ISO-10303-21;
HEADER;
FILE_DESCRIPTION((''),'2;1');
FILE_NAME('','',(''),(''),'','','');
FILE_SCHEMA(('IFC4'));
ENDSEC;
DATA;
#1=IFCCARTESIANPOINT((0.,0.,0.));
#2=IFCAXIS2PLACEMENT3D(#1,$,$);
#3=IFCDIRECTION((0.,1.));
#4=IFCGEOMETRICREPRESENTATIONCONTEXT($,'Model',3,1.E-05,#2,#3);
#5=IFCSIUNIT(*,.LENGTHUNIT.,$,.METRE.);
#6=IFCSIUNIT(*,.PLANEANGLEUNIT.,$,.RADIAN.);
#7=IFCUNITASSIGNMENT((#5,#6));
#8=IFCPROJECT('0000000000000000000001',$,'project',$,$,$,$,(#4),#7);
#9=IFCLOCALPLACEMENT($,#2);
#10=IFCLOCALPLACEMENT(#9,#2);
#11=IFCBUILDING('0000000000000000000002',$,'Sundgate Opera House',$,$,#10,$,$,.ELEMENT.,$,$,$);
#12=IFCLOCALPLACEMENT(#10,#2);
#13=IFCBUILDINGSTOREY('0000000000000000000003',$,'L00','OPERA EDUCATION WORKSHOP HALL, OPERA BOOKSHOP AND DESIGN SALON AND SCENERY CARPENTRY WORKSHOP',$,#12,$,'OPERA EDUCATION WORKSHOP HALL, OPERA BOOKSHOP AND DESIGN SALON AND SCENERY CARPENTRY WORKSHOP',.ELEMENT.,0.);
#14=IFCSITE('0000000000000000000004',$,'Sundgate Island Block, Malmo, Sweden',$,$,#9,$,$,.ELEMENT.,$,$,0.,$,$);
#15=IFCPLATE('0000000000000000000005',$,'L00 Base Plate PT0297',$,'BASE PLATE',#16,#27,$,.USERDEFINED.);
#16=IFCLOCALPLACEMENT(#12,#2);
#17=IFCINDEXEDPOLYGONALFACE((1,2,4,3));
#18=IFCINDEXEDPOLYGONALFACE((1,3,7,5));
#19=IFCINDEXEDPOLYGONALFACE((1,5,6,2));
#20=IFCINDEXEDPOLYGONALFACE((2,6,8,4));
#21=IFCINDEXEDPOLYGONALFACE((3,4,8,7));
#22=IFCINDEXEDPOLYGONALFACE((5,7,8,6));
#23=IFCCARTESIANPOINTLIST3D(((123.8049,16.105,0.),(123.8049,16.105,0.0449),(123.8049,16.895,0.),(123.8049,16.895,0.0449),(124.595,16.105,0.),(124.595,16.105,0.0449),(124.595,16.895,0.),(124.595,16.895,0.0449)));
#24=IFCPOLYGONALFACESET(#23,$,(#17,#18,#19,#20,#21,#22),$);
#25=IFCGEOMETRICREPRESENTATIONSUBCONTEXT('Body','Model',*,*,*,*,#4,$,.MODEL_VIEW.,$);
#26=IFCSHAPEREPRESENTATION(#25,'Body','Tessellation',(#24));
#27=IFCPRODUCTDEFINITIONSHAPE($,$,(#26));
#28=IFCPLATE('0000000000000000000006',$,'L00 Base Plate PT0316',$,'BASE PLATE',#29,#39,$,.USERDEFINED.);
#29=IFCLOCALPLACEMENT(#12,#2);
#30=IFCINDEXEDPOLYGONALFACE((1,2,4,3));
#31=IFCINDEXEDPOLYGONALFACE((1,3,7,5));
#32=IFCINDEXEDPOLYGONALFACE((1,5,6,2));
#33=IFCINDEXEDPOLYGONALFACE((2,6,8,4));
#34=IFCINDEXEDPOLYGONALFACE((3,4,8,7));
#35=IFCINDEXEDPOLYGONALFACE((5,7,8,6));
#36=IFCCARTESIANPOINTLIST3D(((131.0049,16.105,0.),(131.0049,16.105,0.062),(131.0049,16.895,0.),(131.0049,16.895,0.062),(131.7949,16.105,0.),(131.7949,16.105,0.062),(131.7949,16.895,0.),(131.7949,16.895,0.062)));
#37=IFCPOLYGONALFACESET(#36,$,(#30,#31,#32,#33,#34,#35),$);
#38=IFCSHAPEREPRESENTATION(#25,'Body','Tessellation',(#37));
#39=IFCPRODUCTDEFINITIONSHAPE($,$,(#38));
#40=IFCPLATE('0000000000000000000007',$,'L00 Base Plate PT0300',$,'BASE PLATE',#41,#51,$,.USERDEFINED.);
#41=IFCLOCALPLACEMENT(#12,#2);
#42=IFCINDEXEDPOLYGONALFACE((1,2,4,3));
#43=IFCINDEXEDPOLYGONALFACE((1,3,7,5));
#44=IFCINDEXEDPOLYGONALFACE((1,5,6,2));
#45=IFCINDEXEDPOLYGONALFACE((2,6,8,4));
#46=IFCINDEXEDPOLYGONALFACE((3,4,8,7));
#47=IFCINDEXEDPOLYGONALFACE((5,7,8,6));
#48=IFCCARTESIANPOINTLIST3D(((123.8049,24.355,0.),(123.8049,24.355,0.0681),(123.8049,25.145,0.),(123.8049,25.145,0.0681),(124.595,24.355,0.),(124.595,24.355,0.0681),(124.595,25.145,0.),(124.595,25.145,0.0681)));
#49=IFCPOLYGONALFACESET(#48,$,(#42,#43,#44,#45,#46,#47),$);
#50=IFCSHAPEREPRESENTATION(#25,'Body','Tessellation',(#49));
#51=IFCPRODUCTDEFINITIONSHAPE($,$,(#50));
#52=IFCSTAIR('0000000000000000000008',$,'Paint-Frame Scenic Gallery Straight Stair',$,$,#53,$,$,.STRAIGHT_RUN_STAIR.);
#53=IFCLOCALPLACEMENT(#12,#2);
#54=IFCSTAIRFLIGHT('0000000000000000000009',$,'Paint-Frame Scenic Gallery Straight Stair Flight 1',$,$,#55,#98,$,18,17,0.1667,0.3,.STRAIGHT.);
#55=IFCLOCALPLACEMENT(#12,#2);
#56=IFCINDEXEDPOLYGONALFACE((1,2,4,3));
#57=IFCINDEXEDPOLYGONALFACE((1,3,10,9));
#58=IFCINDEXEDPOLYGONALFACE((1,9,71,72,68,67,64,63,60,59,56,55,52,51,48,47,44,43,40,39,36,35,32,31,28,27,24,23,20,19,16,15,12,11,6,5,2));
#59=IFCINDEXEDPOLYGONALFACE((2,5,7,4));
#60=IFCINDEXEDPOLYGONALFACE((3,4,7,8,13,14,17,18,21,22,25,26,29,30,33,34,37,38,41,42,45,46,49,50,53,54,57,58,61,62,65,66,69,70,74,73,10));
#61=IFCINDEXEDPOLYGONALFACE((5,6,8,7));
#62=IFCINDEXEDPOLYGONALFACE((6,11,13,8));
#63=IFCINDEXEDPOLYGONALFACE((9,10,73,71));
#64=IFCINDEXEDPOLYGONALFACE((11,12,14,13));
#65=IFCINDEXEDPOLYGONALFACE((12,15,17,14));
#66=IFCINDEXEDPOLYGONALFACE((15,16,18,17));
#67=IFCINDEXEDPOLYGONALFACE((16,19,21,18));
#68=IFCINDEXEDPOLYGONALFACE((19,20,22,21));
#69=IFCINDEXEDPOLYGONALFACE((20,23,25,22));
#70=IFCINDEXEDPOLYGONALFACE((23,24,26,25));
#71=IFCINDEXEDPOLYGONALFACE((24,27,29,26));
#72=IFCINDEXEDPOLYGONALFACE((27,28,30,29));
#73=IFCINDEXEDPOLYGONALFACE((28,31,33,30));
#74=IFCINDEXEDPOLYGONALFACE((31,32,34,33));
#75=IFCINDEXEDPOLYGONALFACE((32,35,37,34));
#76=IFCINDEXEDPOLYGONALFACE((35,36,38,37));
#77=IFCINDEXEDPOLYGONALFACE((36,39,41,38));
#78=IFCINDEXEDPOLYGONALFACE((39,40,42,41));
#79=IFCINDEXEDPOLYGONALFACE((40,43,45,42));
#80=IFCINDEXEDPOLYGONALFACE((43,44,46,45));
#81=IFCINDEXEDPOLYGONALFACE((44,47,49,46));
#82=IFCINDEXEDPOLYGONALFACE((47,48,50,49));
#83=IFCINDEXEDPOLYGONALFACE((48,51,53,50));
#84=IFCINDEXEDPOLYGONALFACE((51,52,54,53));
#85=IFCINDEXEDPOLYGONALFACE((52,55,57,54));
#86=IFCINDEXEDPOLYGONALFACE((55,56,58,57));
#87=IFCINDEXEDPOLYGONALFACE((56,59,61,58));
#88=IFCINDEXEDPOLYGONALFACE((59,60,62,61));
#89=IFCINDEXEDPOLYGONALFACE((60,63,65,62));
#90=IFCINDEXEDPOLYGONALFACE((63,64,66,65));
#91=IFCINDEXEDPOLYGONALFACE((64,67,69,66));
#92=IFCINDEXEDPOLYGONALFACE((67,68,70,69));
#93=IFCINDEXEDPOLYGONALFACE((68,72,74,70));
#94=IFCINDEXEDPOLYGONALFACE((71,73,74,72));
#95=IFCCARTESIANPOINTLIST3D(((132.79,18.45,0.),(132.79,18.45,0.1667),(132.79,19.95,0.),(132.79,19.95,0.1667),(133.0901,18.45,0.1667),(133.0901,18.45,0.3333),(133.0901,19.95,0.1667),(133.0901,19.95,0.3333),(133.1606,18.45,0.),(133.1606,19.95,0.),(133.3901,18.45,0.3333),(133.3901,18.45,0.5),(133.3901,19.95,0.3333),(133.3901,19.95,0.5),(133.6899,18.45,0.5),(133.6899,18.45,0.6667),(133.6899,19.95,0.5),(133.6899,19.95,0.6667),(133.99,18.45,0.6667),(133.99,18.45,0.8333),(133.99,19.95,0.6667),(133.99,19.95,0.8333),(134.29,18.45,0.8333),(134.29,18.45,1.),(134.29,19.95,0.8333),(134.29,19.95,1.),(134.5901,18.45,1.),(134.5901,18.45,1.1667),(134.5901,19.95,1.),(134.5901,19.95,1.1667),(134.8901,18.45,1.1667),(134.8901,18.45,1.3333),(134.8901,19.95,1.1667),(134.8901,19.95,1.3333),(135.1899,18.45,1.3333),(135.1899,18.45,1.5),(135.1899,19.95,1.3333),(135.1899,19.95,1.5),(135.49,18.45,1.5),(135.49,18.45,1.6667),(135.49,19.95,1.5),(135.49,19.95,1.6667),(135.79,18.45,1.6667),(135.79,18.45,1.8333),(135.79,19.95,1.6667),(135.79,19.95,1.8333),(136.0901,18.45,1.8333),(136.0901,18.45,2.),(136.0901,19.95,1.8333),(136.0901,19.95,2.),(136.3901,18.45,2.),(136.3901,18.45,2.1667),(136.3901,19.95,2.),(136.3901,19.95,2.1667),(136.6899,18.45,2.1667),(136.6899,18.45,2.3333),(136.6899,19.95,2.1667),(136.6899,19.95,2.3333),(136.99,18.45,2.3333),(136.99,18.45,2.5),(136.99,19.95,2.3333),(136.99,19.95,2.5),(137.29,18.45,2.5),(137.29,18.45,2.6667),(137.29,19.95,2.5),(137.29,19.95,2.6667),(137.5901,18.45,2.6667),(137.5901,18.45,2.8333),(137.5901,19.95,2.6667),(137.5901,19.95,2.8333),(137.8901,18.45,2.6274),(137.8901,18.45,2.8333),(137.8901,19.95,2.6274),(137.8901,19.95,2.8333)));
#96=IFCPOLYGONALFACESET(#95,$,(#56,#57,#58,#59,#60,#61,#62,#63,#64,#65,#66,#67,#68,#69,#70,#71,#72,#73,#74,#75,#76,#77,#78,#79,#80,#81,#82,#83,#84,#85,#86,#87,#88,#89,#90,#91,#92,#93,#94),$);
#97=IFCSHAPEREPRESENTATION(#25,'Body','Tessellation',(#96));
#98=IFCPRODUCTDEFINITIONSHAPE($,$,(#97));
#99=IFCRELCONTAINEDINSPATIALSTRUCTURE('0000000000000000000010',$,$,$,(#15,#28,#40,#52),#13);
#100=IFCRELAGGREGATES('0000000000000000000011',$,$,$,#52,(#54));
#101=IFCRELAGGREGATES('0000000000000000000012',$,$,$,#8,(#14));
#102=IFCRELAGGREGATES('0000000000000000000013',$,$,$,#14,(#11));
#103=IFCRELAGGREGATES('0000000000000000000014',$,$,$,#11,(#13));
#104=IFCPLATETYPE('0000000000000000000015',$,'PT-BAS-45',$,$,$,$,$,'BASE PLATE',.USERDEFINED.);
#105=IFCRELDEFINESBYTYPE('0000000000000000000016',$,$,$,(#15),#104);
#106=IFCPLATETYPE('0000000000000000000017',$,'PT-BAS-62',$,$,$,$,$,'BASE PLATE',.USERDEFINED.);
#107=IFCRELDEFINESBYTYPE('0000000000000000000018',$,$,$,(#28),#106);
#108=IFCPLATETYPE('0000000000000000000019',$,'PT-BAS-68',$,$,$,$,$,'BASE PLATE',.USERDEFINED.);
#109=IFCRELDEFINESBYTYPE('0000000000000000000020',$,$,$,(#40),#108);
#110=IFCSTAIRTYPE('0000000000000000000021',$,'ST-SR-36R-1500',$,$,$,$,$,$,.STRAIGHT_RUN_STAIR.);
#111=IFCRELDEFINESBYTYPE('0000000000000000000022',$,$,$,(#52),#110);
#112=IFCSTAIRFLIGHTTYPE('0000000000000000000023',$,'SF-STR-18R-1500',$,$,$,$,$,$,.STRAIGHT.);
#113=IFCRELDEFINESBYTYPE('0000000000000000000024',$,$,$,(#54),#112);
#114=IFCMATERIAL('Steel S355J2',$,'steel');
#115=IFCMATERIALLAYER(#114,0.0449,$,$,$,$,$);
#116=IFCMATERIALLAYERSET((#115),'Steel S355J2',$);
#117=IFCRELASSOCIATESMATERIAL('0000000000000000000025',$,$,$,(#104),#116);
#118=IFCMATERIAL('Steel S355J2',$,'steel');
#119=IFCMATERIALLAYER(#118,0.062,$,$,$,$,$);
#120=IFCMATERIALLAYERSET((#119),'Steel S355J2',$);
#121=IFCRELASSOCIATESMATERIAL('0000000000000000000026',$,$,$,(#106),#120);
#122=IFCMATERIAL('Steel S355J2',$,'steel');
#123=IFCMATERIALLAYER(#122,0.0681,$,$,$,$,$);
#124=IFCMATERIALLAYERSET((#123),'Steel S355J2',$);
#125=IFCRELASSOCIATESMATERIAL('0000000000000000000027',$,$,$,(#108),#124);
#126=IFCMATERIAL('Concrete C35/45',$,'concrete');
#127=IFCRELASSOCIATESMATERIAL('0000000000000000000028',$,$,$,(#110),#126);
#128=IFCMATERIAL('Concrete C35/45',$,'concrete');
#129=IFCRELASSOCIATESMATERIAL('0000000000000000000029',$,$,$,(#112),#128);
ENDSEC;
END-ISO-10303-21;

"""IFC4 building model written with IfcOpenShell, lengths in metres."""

from ifc_helpers import new_model, si_unit, direction, frame, origin, origin_2d, place, context, subcontext, project, spatial, polyline, rectangle, outline, extrude, material, layer, layer_set, type_object, element, aggregate, save


model = new_model("IFC4")

# Units and contexts
model_context = context("Model", 3, precision=1e-05, world=origin(), true_north=direction((0.0, 1.0)))
body_context = subcontext(model_context, "Body", "Model", "MODEL_VIEW")
ifc_project = project(units=[si_unit("LENGTHUNIT", "METRE"), si_unit("PLANEANGLEUNIT", "RADIAN")], contexts=[model_context])

# Site, building, storey
site_placement = place(None, origin())
site = spatial("IfcSite", under=ifc_project, at=site_placement, Name="Sundgate Island Block, Malmo, Sweden", CompositionType="ELEMENT", RefElevation=0.0)
building_placement = place(site_placement, origin())
building = spatial("IfcBuilding", under=site, at=building_placement, Name="Sundgate Opera House", CompositionType="ELEMENT")
storey_placement = place(building_placement, origin())
storey = spatial("IfcBuildingStorey", under=building, at=storey_placement, Name="L00", Description="OPERA EDUCATION WORKSHOP HALL, OPERA BOOKSHOP AND DESIGN SALON AND SCENERY CARPENTRY WORKSHOP", LongName="OPERA EDUCATION WORKSHOP HALL, OPERA BOOKSHOP AND DESIGN SALON AND SCENERY CARPENTRY WORKSHOP", CompositionType="ELEMENT", Elevation=0.0)

# Plates
ifc_material_1 = material(Name="Steel S355J2", Category="steel")
ifc_layer_1 = layer(ifc_material_1, 0.0449)
ifc_layer_set_1 = layer_set([ifc_layer_1], Name="Steel S355J2")
plate_type_1 = type_object("IfcPlateType", Name="PT-BAS-45", ElementType="BASE PLATE", PredefinedType="USERDEFINED", material=ifc_layer_set_1)
plate_1_placement = place(storey_placement, frame((124.2, 16.5, 0.0), z_axis=(0.0, 0.0, 1.0), x_axis=(1.0, 0.0, 0.0)))
element("IfcPlate", 1, at=plate_1_placement, inside=storey, type_object=plate_type_1, Name="L00 Base Plate PT0297", ObjectType="BASE PLATE", PredefinedType="USERDEFINED", context=body_context, shape_type="SweptSolid", body=[
    extrude(rectangle(XDim=0.79, YDim=0.79, at=origin_2d()), origin(), (0.0, 0.0, 1.0), 0.0449),
])
ifc_material_2 = material(Name="Steel S355J2", Category="steel")
ifc_layer_2 = layer(ifc_material_2, 0.062)
ifc_layer_set_2 = layer_set([ifc_layer_2], Name="Steel S355J2")
plate_type_2 = type_object("IfcPlateType", Name="PT-BAS-62", ElementType="BASE PLATE", PredefinedType="USERDEFINED", material=ifc_layer_set_2)
plate_2_placement = place(storey_placement, frame((131.3999, 16.5, 0.0), z_axis=(0.0, 0.0, 1.0), x_axis=(1.0, 0.0, 0.0)))
element("IfcPlate", 2, at=plate_2_placement, inside=storey, type_object=plate_type_2, Name="L00 Base Plate PT0316", ObjectType="BASE PLATE", PredefinedType="USERDEFINED", context=body_context, shape_type="SweptSolid", body=[
    extrude(rectangle(XDim=0.79, YDim=0.79, at=origin_2d()), origin(), (0.0, 0.0, 1.0), 0.062),
])
ifc_material_3 = material(Name="Steel S355J2", Category="steel")
ifc_layer_3 = layer(ifc_material_3, 0.0681)
ifc_layer_set_3 = layer_set([ifc_layer_3], Name="Steel S355J2")
plate_type_3 = type_object("IfcPlateType", Name="PT-BAS-68", ElementType="BASE PLATE", PredefinedType="USERDEFINED", material=ifc_layer_set_3)
plate_3_placement = place(storey_placement, frame((124.2, 24.75, 0.0), z_axis=(0.0, 0.0, 1.0), x_axis=(1.0, 0.0, 0.0)))
element("IfcPlate", 3, at=plate_3_placement, inside=storey, type_object=plate_type_3, Name="L00 Base Plate PT0300", ObjectType="BASE PLATE", PredefinedType="USERDEFINED", context=body_context, shape_type="SweptSolid", body=[
    extrude(rectangle(XDim=0.79, YDim=0.79, at=origin_2d()), origin(), (0.0, 0.0, 1.0), 0.0681),
])

# Stair, stair flight
ifc_material_4 = material(Name="Concrete C35/45", Category="concrete")
stair_type = type_object("IfcStairType", Name="ST-SR-36R-1500", PredefinedType="STRAIGHT_RUN_STAIR", material=ifc_material_4)
stair_placement = place(storey_placement, origin())
stair = element("IfcStair", 4, at=stair_placement, inside=storey, type_object=stair_type, Name="Paint-Frame Scenic Gallery Straight Stair", PredefinedType="STRAIGHT_RUN_STAIR")
ifc_material_5 = material(Name="Concrete C35/45", Category="concrete")
stair_flight_type = type_object("IfcStairFlightType", Name="SF-STR-18R-1500", PredefinedType="STRAIGHT", material=ifc_material_5)
stair_flight_placement = place(storey_placement, frame((132.79, 19.2, 0.0), z_axis=(0.0, 0.0, 1.0), x_axis=(1.0, 0.0, 0.0)))
stair_flight = element("IfcStairFlight", 5, at=stair_flight_placement, type_object=stair_flight_type, Name="Paint-Frame Scenic Gallery Straight Stair Flight 1", NumberOfRisers=18, NumberOfTreads=17, PredefinedType="STRAIGHT", RiserHeight=0.1667, TreadLength=0.3, context=body_context, shape_type="SweptSolid", body=[
    extrude(outline(polyline([(0.0, 0.0), (0.0, 0.1667), (0.3, 0.1667), (0.3, 0.3333), (0.6001, 0.3333), (0.6001, 0.5), (0.8999, 0.5), (0.8999, 0.6667), (1.2, 0.6667), (1.2, 0.8333), (1.5, 0.8333), (1.5, 1.0), (1.8, 1.0), (1.8, 1.1667), (2.1001, 1.1667), (2.1001, 1.3333), (2.3999, 1.3333), (2.3999, 1.5), (2.7, 1.5), (2.7, 1.6667), (3.0, 1.6667), (3.0, 1.8333), (3.3, 1.8333), (3.3, 2.0), (3.6001, 2.0), (3.6001, 2.1667), (3.8999, 2.1667), (3.8999, 2.3333), (4.2, 2.3333), (4.2, 2.5), (4.5, 2.5), (4.5, 2.6667), (4.8, 2.6667), (4.8, 2.8333), (5.1001, 2.8333), (5.1001, 3.0), (5.1001, 2.6274), (0.3706, 0.0), (0.0, 0.0)])), frame((0.0, 0.75, 0.0), z_axis=(0.0, -1.0, 0.0), x_axis=(1.0, 0.0, 0.0)), (0.0, 0.0, 1.0), 1.5),
])
aggregate(stair, [stair_flight])

save(model, "model.ifc")
